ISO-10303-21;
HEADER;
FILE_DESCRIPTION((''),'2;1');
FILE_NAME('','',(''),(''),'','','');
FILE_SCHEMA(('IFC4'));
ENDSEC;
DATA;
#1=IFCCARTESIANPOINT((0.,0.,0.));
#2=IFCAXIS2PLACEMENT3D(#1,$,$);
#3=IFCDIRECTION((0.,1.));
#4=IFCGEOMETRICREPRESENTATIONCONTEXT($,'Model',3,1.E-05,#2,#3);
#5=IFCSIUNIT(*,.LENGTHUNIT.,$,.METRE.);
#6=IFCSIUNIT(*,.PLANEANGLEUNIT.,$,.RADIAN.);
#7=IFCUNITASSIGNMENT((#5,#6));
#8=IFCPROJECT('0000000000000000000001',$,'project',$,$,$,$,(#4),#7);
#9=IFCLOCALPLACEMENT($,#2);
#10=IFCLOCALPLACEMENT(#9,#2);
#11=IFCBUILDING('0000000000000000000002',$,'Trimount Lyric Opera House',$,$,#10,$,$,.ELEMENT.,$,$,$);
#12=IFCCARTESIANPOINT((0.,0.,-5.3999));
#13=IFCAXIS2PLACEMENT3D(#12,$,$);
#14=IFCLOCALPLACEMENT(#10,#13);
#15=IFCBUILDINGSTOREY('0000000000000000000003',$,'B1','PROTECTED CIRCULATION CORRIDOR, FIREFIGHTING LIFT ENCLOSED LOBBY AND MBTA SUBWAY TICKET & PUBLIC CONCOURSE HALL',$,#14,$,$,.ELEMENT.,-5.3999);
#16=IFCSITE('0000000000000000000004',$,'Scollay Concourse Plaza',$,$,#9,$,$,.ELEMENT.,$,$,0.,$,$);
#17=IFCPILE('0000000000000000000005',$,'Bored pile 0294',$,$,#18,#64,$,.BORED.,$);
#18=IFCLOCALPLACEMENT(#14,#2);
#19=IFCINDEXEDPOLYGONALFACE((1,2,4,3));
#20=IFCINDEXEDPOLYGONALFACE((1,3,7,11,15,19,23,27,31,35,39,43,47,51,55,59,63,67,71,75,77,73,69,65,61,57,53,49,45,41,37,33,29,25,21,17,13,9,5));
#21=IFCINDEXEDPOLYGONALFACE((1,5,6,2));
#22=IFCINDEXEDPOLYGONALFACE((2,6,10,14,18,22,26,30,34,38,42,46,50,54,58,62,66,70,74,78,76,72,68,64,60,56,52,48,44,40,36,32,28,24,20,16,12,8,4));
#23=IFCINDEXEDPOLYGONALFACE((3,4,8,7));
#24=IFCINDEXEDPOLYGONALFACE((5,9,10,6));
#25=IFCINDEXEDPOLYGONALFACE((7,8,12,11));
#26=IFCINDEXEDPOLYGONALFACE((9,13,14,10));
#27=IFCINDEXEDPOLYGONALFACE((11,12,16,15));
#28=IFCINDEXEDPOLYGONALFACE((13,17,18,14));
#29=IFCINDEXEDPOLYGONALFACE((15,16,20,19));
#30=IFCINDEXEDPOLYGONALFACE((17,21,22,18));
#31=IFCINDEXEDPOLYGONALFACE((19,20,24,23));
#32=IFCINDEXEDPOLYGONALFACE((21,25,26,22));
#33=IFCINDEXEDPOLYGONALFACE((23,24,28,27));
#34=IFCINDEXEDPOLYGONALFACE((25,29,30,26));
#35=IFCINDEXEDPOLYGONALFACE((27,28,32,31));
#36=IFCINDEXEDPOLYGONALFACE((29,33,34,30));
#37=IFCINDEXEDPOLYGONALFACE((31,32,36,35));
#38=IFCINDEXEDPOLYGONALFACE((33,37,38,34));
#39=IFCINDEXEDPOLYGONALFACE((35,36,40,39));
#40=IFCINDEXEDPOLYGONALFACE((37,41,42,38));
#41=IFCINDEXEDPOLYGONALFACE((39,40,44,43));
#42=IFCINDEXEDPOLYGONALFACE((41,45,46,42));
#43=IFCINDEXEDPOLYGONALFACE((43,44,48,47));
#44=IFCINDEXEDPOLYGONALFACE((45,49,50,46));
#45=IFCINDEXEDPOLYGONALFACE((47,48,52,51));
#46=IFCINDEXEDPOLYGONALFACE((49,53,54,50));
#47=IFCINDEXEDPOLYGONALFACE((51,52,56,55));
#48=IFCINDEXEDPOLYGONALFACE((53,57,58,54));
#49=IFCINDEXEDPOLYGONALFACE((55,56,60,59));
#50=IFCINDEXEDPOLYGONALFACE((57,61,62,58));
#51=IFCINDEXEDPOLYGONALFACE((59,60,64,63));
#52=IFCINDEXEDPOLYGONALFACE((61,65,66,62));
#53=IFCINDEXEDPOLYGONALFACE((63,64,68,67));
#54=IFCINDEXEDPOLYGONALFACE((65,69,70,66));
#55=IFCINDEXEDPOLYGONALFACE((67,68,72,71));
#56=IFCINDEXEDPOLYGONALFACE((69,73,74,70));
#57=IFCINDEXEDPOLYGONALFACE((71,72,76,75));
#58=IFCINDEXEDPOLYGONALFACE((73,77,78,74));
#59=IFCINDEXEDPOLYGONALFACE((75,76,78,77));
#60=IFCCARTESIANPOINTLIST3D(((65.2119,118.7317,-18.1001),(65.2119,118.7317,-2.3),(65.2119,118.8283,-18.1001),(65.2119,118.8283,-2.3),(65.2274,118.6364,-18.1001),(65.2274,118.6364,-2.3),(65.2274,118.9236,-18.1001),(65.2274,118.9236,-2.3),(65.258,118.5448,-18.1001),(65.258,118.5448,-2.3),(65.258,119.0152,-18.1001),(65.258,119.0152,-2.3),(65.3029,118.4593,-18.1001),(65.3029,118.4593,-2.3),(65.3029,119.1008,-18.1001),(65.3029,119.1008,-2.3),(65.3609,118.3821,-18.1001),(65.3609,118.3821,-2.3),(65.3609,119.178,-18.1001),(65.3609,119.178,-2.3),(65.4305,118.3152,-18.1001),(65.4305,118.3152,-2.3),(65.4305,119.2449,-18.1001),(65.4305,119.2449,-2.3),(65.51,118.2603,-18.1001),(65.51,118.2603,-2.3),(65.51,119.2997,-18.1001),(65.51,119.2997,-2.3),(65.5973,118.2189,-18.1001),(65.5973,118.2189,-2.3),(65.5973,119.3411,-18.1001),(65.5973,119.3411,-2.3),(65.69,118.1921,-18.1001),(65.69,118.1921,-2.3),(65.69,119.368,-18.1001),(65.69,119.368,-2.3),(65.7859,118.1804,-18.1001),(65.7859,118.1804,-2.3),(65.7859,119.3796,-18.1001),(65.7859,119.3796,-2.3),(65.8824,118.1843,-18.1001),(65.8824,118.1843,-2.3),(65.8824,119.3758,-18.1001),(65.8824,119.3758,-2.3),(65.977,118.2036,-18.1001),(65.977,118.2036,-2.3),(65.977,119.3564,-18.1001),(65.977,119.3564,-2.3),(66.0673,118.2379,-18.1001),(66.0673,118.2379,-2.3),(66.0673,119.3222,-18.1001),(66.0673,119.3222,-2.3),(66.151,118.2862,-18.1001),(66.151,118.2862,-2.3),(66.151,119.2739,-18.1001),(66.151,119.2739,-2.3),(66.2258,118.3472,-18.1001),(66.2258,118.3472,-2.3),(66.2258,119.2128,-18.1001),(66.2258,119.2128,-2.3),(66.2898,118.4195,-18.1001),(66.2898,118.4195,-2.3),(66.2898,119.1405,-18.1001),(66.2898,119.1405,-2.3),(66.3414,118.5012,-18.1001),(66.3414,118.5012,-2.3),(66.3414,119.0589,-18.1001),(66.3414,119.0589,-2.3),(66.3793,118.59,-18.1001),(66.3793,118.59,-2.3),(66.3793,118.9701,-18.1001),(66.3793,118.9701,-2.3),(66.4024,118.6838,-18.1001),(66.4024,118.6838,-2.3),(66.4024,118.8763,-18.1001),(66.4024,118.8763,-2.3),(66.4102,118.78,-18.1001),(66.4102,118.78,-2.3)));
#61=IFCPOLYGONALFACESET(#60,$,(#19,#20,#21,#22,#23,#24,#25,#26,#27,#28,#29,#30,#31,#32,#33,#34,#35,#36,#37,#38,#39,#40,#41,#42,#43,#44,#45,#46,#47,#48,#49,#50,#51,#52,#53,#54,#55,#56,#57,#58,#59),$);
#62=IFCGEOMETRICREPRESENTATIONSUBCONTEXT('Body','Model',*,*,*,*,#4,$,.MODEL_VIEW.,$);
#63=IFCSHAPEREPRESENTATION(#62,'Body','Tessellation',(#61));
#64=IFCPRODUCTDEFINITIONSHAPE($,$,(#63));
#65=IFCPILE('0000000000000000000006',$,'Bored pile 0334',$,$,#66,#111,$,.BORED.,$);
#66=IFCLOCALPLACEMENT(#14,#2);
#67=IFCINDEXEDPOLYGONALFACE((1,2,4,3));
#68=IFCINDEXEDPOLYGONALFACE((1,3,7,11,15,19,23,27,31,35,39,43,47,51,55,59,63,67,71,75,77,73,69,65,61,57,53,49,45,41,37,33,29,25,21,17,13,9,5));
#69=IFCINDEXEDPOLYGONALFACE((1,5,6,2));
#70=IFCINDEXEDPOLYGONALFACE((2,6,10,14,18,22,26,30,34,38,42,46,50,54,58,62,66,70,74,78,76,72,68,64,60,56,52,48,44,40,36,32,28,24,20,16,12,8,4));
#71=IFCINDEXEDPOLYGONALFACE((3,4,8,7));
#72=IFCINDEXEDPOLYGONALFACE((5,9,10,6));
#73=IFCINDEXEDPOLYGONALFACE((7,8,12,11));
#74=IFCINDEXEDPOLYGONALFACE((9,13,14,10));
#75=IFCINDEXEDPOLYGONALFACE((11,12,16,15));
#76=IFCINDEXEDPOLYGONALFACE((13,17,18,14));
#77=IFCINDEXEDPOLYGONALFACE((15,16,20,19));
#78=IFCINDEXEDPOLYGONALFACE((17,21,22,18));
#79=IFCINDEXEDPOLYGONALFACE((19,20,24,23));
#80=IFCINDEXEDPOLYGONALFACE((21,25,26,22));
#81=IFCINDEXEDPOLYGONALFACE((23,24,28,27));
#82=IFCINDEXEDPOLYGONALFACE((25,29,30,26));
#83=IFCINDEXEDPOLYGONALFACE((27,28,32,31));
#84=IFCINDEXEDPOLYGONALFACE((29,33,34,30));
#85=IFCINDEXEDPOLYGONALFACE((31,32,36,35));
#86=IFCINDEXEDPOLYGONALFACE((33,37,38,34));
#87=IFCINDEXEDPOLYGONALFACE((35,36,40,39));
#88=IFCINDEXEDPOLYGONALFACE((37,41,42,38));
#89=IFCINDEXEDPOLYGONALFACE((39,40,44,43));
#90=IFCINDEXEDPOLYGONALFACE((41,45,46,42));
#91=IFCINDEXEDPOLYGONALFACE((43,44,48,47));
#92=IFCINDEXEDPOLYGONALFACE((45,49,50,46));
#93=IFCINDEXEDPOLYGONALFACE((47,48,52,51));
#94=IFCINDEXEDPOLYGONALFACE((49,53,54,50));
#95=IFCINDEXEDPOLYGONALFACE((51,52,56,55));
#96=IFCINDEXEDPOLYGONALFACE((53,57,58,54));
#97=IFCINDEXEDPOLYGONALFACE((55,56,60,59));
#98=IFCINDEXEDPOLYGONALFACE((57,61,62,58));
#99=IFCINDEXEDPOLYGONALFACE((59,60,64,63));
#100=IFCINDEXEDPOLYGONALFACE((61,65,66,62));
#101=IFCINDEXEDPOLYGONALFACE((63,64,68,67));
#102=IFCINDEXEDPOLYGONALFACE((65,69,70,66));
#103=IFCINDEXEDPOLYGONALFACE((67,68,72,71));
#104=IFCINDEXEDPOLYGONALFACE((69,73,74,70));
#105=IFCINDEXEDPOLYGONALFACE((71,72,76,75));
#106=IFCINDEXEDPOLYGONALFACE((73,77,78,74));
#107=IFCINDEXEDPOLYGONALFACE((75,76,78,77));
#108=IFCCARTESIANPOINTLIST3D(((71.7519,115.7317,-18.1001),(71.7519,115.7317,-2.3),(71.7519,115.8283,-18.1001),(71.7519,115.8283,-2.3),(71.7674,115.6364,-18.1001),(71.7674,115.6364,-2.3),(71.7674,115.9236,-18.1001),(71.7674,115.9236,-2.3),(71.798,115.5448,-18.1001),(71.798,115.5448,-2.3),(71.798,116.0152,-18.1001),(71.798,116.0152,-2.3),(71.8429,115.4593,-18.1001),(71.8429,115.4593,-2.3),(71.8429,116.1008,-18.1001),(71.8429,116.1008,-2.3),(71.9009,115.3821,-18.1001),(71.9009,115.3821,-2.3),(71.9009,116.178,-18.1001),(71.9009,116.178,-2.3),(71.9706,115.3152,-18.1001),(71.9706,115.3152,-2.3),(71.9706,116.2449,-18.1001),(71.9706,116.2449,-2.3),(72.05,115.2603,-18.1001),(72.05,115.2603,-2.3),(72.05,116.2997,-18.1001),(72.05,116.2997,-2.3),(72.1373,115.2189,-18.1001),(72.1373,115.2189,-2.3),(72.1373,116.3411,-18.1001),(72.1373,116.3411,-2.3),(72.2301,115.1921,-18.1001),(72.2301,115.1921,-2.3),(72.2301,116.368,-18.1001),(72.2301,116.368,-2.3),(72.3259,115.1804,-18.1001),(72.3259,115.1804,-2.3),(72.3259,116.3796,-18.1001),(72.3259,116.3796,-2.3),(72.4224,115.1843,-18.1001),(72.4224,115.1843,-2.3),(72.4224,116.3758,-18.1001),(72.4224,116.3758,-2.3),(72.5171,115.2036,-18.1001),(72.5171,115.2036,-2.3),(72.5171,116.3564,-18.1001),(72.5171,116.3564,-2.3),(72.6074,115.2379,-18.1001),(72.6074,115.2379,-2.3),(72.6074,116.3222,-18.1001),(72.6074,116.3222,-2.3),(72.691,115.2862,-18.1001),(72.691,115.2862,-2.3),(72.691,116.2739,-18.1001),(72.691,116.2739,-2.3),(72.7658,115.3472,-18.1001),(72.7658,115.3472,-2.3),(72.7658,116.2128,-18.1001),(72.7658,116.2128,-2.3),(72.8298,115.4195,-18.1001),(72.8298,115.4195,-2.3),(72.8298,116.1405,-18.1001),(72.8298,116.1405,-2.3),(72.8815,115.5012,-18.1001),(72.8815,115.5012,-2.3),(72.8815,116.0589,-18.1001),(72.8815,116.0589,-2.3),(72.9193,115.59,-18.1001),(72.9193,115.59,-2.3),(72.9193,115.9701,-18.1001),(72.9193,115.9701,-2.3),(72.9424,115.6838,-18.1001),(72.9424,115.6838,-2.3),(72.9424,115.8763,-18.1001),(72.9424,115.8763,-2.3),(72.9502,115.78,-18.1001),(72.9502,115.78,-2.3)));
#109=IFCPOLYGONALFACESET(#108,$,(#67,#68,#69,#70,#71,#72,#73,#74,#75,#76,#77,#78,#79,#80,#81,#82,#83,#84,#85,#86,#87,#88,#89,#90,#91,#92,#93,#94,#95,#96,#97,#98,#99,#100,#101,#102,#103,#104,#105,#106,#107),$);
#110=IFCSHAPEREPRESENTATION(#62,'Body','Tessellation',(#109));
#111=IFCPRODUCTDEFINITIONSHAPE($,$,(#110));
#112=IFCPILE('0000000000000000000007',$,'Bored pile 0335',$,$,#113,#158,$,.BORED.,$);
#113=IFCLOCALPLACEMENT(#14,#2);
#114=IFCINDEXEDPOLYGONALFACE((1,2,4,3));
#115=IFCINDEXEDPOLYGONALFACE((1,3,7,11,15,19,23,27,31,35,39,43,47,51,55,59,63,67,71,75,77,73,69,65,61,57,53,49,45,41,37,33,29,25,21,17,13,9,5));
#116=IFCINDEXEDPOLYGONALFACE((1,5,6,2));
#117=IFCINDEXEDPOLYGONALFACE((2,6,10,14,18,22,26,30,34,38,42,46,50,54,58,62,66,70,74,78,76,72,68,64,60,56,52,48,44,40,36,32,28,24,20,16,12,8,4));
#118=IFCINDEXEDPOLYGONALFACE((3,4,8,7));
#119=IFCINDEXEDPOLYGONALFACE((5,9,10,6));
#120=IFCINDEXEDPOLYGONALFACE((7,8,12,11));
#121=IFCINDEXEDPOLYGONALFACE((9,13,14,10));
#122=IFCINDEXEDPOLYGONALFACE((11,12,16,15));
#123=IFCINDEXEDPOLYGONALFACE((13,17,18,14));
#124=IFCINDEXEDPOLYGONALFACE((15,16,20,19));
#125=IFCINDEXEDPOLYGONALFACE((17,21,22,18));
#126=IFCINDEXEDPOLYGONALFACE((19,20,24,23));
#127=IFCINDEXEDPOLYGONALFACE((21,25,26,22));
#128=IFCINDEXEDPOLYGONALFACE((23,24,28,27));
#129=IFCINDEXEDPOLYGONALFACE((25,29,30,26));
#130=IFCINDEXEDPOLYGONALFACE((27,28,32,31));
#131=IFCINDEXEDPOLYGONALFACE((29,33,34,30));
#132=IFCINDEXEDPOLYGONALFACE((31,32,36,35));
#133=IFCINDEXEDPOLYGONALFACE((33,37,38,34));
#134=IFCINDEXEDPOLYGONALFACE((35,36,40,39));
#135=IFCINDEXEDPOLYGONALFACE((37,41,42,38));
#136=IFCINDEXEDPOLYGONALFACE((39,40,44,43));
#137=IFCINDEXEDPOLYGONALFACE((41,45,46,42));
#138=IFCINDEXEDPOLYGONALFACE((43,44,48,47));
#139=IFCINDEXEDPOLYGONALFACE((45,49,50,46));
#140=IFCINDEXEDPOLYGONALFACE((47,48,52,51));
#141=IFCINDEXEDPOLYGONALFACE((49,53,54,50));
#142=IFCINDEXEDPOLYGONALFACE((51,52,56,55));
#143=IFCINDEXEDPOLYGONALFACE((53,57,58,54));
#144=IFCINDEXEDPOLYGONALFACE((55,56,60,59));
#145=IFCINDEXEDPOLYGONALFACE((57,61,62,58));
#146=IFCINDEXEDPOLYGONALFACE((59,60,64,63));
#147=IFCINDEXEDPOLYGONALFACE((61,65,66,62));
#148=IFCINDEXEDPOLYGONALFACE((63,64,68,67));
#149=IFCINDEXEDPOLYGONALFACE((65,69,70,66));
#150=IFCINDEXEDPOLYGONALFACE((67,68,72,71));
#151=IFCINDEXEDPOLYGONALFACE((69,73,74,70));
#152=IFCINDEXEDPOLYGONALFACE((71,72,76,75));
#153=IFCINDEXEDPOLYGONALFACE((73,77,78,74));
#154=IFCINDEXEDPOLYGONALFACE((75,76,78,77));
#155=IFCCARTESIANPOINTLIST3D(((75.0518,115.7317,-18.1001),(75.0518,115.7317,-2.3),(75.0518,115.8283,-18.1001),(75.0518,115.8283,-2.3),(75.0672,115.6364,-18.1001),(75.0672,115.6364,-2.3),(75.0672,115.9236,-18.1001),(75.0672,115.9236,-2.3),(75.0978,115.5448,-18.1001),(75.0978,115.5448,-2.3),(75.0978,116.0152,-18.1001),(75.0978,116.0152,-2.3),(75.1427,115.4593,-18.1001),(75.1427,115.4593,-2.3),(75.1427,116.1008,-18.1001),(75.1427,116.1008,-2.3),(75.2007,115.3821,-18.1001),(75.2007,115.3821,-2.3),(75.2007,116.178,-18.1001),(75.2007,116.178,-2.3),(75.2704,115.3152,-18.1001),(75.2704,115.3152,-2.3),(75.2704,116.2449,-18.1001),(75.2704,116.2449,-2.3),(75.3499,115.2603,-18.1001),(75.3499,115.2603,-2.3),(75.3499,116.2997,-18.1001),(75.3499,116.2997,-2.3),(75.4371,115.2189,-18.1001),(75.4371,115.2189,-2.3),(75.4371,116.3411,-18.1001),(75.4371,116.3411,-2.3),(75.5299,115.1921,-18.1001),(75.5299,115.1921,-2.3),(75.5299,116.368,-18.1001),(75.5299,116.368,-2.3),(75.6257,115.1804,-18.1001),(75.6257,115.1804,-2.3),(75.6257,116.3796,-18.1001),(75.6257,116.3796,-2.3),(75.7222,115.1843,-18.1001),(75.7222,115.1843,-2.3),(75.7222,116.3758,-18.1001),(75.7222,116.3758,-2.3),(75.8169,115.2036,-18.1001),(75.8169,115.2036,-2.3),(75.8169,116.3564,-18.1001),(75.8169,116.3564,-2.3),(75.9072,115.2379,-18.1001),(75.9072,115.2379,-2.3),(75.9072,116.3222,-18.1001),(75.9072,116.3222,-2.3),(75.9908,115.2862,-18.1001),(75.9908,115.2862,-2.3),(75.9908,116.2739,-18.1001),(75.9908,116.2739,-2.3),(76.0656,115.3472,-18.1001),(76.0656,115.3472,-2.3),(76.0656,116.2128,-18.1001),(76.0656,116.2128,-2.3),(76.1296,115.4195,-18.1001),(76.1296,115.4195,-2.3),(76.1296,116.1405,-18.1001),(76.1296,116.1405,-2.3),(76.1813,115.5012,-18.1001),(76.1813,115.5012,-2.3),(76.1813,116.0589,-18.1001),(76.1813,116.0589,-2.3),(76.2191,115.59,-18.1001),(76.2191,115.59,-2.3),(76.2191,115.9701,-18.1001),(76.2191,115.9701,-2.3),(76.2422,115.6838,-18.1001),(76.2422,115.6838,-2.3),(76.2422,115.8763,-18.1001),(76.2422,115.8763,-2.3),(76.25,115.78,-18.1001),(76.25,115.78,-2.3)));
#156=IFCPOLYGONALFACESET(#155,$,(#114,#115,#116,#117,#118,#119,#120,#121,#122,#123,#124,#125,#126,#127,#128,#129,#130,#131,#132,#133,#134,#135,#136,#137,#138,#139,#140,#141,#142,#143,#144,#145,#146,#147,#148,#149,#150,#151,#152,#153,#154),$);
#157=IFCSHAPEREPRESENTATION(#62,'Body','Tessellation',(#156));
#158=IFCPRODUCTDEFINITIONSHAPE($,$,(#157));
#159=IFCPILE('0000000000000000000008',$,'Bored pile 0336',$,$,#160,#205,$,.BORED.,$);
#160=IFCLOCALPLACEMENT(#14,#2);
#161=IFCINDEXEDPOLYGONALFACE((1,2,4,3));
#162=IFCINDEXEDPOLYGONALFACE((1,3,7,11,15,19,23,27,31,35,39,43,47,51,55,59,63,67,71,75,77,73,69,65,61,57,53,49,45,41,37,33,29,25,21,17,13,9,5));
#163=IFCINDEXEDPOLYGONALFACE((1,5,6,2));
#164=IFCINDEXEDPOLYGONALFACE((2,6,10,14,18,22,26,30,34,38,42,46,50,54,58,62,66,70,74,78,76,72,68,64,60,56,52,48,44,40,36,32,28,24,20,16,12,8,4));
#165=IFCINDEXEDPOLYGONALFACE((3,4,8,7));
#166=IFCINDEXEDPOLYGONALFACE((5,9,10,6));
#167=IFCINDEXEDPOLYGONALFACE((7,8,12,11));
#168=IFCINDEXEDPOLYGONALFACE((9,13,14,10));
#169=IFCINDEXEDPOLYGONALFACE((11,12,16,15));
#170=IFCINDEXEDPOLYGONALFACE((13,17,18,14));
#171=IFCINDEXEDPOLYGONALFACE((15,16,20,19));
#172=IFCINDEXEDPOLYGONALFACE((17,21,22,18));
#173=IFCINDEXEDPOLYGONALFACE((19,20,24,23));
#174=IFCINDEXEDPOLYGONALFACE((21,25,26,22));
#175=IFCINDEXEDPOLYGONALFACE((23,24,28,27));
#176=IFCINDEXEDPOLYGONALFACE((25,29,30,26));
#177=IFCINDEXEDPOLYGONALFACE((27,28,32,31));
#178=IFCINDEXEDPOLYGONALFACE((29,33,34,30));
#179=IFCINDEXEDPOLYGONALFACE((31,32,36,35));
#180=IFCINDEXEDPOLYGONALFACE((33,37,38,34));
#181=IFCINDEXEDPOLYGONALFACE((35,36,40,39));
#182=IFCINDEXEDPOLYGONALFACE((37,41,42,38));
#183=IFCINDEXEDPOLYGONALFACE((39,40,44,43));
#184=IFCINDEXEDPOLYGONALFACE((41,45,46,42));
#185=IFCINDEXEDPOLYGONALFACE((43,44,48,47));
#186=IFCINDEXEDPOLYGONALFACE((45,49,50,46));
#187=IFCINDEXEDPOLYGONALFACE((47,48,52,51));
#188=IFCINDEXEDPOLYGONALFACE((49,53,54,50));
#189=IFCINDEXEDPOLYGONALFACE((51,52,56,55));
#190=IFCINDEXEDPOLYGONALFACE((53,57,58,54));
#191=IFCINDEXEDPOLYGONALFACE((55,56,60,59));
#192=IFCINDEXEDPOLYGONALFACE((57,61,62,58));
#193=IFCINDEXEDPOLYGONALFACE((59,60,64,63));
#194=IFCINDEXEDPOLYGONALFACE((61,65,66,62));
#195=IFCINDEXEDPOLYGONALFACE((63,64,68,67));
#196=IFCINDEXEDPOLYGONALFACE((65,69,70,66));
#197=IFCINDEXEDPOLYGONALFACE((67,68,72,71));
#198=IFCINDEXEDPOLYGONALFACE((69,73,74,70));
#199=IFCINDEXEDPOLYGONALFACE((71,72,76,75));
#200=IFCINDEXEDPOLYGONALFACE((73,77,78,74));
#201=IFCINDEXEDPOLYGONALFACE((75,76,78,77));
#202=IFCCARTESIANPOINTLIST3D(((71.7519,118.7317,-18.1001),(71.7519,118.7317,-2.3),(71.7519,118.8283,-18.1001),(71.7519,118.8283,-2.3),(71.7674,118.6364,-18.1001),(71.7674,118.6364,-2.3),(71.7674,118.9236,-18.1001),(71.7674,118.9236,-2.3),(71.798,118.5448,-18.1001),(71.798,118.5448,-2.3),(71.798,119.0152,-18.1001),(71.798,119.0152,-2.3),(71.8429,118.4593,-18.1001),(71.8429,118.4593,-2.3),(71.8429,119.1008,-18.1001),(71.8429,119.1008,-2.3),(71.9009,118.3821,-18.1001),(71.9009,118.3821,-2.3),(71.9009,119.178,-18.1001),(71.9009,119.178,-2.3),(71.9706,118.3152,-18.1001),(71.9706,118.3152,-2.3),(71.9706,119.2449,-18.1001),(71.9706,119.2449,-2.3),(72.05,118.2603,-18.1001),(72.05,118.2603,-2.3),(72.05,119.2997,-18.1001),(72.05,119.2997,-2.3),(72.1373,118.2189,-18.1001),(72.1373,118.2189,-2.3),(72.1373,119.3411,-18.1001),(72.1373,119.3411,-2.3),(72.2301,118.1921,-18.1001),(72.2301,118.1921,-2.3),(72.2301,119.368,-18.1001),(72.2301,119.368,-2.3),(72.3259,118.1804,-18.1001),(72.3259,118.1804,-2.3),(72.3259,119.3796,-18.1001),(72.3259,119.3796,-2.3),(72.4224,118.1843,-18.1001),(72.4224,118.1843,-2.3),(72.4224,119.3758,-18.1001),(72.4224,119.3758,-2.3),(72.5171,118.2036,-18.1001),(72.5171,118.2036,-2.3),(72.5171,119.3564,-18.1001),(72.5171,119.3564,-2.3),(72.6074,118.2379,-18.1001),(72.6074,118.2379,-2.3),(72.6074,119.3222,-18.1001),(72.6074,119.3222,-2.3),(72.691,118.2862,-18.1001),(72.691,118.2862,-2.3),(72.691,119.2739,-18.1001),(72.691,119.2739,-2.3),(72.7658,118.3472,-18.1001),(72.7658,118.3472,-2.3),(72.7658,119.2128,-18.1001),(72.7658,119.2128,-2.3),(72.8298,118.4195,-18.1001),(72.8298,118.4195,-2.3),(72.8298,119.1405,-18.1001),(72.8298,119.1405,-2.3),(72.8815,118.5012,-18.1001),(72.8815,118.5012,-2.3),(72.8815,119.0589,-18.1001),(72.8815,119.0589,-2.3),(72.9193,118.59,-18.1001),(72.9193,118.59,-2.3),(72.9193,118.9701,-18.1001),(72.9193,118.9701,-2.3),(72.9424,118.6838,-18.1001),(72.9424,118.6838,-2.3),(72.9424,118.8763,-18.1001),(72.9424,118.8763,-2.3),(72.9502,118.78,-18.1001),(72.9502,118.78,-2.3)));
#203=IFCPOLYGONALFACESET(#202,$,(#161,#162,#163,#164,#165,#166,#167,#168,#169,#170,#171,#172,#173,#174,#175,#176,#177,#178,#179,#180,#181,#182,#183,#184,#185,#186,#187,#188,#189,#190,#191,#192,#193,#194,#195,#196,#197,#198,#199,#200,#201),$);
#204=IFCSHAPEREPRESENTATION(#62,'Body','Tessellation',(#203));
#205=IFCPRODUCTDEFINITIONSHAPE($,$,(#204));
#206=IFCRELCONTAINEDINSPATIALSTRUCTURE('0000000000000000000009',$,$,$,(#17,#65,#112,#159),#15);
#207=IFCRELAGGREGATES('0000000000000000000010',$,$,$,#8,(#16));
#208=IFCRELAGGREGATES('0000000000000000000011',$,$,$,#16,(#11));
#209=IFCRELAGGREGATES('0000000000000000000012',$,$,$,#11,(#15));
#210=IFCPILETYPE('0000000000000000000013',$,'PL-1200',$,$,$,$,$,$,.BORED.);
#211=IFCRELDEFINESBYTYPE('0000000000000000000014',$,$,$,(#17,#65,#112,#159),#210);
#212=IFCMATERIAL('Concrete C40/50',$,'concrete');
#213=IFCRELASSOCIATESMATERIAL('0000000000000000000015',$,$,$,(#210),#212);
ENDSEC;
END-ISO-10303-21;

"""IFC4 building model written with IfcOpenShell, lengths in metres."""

from ifc_helpers import new_model, si_unit, direction, frame, origin, origin_2d, place, context, subcontext, project, spatial, circle, extrude, material, material_profile, profile_set, type_object, element, save


model = new_model("IFC4")

# Units and contexts
model_context = context("Model", 3, precision=1e-05, world=origin(), true_north=direction((0.0, 1.0)))
body_context = subcontext(model_context, "Body", "Model", "MODEL_VIEW")
ifc_project = project(units=[si_unit("LENGTHUNIT", "METRE"), si_unit("PLANEANGLEUNIT", "RADIAN")], contexts=[model_context])

# Site, building, storey
site_placement = place(None, origin())
site = spatial("IfcSite", under=ifc_project, at=site_placement, Name="Scollay Concourse Plaza", CompositionType="ELEMENT", RefElevation=0.0)
building_placement = place(site_placement, origin())
building = spatial("IfcBuilding", under=site, at=building_placement, Name="Trimount Lyric Opera House", CompositionType="ELEMENT")
storey_placement = place(building_placement, frame((0.0, 0.0, -5.3999)))
storey = spatial("IfcBuildingStorey", under=building, at=storey_placement, Name="B1", Description="PROTECTED CIRCULATION CORRIDOR, FIREFIGHTING LIFT ENCLOSED LOBBY AND MBTA SUBWAY TICKET & PUBLIC CONCOURSE HALL", CompositionType="ELEMENT", Elevation=-5.3999)

# Piles
ifc_material_1 = material(Name="Concrete C40/50", Category="concrete")
ifc_material_profile_1 = material_profile(ifc_material_1, circle(Radius=0.6001, at=origin_2d()), Name="PILE-D1200")
ifc_profile_set_1 = profile_set([ifc_material_profile_1], Name="Concrete C40/50")
pile_type_1 = type_object("IfcPileType", Name="PL-1200", PredefinedType="BORED", material=ifc_profile_set_1)
for number, where, z_axis, x_axis, name in (
    (1, (65.8101, 118.78, -2.3), (0.0, 0.0, -1.0), (1.0, 0.0, 0.0), "Bored pile 0294"),
    (2, (72.3501, 115.78, -2.3), (0.0, 0.0, -1.0), (1.0, 0.0, 0.0), "Bored pile 0334"),
    (3, (75.6499, 115.78, -2.3), (0.0, 0.0, -1.0), (1.0, 0.0, 0.0), "Bored pile 0335"),
    (4, (72.3501, 118.78, -2.3), (0.0, 0.0, -1.0), (1.0, 0.0, 0.0), "Bored pile 0336"),
):
    element("IfcPile", number, at=place(storey_placement, frame(where, z_axis=z_axis, x_axis=x_axis)), inside=storey, type_object=pile_type_1, Name=name, PredefinedType="BORED", context=body_context, shape_type="SweptSolid", body=[
        extrude(circle(Radius=0.6001, at=origin_2d()), origin(), (0.0, 0.0, 1.0), 15.8),
    ])

save(model, "model.ifc")
